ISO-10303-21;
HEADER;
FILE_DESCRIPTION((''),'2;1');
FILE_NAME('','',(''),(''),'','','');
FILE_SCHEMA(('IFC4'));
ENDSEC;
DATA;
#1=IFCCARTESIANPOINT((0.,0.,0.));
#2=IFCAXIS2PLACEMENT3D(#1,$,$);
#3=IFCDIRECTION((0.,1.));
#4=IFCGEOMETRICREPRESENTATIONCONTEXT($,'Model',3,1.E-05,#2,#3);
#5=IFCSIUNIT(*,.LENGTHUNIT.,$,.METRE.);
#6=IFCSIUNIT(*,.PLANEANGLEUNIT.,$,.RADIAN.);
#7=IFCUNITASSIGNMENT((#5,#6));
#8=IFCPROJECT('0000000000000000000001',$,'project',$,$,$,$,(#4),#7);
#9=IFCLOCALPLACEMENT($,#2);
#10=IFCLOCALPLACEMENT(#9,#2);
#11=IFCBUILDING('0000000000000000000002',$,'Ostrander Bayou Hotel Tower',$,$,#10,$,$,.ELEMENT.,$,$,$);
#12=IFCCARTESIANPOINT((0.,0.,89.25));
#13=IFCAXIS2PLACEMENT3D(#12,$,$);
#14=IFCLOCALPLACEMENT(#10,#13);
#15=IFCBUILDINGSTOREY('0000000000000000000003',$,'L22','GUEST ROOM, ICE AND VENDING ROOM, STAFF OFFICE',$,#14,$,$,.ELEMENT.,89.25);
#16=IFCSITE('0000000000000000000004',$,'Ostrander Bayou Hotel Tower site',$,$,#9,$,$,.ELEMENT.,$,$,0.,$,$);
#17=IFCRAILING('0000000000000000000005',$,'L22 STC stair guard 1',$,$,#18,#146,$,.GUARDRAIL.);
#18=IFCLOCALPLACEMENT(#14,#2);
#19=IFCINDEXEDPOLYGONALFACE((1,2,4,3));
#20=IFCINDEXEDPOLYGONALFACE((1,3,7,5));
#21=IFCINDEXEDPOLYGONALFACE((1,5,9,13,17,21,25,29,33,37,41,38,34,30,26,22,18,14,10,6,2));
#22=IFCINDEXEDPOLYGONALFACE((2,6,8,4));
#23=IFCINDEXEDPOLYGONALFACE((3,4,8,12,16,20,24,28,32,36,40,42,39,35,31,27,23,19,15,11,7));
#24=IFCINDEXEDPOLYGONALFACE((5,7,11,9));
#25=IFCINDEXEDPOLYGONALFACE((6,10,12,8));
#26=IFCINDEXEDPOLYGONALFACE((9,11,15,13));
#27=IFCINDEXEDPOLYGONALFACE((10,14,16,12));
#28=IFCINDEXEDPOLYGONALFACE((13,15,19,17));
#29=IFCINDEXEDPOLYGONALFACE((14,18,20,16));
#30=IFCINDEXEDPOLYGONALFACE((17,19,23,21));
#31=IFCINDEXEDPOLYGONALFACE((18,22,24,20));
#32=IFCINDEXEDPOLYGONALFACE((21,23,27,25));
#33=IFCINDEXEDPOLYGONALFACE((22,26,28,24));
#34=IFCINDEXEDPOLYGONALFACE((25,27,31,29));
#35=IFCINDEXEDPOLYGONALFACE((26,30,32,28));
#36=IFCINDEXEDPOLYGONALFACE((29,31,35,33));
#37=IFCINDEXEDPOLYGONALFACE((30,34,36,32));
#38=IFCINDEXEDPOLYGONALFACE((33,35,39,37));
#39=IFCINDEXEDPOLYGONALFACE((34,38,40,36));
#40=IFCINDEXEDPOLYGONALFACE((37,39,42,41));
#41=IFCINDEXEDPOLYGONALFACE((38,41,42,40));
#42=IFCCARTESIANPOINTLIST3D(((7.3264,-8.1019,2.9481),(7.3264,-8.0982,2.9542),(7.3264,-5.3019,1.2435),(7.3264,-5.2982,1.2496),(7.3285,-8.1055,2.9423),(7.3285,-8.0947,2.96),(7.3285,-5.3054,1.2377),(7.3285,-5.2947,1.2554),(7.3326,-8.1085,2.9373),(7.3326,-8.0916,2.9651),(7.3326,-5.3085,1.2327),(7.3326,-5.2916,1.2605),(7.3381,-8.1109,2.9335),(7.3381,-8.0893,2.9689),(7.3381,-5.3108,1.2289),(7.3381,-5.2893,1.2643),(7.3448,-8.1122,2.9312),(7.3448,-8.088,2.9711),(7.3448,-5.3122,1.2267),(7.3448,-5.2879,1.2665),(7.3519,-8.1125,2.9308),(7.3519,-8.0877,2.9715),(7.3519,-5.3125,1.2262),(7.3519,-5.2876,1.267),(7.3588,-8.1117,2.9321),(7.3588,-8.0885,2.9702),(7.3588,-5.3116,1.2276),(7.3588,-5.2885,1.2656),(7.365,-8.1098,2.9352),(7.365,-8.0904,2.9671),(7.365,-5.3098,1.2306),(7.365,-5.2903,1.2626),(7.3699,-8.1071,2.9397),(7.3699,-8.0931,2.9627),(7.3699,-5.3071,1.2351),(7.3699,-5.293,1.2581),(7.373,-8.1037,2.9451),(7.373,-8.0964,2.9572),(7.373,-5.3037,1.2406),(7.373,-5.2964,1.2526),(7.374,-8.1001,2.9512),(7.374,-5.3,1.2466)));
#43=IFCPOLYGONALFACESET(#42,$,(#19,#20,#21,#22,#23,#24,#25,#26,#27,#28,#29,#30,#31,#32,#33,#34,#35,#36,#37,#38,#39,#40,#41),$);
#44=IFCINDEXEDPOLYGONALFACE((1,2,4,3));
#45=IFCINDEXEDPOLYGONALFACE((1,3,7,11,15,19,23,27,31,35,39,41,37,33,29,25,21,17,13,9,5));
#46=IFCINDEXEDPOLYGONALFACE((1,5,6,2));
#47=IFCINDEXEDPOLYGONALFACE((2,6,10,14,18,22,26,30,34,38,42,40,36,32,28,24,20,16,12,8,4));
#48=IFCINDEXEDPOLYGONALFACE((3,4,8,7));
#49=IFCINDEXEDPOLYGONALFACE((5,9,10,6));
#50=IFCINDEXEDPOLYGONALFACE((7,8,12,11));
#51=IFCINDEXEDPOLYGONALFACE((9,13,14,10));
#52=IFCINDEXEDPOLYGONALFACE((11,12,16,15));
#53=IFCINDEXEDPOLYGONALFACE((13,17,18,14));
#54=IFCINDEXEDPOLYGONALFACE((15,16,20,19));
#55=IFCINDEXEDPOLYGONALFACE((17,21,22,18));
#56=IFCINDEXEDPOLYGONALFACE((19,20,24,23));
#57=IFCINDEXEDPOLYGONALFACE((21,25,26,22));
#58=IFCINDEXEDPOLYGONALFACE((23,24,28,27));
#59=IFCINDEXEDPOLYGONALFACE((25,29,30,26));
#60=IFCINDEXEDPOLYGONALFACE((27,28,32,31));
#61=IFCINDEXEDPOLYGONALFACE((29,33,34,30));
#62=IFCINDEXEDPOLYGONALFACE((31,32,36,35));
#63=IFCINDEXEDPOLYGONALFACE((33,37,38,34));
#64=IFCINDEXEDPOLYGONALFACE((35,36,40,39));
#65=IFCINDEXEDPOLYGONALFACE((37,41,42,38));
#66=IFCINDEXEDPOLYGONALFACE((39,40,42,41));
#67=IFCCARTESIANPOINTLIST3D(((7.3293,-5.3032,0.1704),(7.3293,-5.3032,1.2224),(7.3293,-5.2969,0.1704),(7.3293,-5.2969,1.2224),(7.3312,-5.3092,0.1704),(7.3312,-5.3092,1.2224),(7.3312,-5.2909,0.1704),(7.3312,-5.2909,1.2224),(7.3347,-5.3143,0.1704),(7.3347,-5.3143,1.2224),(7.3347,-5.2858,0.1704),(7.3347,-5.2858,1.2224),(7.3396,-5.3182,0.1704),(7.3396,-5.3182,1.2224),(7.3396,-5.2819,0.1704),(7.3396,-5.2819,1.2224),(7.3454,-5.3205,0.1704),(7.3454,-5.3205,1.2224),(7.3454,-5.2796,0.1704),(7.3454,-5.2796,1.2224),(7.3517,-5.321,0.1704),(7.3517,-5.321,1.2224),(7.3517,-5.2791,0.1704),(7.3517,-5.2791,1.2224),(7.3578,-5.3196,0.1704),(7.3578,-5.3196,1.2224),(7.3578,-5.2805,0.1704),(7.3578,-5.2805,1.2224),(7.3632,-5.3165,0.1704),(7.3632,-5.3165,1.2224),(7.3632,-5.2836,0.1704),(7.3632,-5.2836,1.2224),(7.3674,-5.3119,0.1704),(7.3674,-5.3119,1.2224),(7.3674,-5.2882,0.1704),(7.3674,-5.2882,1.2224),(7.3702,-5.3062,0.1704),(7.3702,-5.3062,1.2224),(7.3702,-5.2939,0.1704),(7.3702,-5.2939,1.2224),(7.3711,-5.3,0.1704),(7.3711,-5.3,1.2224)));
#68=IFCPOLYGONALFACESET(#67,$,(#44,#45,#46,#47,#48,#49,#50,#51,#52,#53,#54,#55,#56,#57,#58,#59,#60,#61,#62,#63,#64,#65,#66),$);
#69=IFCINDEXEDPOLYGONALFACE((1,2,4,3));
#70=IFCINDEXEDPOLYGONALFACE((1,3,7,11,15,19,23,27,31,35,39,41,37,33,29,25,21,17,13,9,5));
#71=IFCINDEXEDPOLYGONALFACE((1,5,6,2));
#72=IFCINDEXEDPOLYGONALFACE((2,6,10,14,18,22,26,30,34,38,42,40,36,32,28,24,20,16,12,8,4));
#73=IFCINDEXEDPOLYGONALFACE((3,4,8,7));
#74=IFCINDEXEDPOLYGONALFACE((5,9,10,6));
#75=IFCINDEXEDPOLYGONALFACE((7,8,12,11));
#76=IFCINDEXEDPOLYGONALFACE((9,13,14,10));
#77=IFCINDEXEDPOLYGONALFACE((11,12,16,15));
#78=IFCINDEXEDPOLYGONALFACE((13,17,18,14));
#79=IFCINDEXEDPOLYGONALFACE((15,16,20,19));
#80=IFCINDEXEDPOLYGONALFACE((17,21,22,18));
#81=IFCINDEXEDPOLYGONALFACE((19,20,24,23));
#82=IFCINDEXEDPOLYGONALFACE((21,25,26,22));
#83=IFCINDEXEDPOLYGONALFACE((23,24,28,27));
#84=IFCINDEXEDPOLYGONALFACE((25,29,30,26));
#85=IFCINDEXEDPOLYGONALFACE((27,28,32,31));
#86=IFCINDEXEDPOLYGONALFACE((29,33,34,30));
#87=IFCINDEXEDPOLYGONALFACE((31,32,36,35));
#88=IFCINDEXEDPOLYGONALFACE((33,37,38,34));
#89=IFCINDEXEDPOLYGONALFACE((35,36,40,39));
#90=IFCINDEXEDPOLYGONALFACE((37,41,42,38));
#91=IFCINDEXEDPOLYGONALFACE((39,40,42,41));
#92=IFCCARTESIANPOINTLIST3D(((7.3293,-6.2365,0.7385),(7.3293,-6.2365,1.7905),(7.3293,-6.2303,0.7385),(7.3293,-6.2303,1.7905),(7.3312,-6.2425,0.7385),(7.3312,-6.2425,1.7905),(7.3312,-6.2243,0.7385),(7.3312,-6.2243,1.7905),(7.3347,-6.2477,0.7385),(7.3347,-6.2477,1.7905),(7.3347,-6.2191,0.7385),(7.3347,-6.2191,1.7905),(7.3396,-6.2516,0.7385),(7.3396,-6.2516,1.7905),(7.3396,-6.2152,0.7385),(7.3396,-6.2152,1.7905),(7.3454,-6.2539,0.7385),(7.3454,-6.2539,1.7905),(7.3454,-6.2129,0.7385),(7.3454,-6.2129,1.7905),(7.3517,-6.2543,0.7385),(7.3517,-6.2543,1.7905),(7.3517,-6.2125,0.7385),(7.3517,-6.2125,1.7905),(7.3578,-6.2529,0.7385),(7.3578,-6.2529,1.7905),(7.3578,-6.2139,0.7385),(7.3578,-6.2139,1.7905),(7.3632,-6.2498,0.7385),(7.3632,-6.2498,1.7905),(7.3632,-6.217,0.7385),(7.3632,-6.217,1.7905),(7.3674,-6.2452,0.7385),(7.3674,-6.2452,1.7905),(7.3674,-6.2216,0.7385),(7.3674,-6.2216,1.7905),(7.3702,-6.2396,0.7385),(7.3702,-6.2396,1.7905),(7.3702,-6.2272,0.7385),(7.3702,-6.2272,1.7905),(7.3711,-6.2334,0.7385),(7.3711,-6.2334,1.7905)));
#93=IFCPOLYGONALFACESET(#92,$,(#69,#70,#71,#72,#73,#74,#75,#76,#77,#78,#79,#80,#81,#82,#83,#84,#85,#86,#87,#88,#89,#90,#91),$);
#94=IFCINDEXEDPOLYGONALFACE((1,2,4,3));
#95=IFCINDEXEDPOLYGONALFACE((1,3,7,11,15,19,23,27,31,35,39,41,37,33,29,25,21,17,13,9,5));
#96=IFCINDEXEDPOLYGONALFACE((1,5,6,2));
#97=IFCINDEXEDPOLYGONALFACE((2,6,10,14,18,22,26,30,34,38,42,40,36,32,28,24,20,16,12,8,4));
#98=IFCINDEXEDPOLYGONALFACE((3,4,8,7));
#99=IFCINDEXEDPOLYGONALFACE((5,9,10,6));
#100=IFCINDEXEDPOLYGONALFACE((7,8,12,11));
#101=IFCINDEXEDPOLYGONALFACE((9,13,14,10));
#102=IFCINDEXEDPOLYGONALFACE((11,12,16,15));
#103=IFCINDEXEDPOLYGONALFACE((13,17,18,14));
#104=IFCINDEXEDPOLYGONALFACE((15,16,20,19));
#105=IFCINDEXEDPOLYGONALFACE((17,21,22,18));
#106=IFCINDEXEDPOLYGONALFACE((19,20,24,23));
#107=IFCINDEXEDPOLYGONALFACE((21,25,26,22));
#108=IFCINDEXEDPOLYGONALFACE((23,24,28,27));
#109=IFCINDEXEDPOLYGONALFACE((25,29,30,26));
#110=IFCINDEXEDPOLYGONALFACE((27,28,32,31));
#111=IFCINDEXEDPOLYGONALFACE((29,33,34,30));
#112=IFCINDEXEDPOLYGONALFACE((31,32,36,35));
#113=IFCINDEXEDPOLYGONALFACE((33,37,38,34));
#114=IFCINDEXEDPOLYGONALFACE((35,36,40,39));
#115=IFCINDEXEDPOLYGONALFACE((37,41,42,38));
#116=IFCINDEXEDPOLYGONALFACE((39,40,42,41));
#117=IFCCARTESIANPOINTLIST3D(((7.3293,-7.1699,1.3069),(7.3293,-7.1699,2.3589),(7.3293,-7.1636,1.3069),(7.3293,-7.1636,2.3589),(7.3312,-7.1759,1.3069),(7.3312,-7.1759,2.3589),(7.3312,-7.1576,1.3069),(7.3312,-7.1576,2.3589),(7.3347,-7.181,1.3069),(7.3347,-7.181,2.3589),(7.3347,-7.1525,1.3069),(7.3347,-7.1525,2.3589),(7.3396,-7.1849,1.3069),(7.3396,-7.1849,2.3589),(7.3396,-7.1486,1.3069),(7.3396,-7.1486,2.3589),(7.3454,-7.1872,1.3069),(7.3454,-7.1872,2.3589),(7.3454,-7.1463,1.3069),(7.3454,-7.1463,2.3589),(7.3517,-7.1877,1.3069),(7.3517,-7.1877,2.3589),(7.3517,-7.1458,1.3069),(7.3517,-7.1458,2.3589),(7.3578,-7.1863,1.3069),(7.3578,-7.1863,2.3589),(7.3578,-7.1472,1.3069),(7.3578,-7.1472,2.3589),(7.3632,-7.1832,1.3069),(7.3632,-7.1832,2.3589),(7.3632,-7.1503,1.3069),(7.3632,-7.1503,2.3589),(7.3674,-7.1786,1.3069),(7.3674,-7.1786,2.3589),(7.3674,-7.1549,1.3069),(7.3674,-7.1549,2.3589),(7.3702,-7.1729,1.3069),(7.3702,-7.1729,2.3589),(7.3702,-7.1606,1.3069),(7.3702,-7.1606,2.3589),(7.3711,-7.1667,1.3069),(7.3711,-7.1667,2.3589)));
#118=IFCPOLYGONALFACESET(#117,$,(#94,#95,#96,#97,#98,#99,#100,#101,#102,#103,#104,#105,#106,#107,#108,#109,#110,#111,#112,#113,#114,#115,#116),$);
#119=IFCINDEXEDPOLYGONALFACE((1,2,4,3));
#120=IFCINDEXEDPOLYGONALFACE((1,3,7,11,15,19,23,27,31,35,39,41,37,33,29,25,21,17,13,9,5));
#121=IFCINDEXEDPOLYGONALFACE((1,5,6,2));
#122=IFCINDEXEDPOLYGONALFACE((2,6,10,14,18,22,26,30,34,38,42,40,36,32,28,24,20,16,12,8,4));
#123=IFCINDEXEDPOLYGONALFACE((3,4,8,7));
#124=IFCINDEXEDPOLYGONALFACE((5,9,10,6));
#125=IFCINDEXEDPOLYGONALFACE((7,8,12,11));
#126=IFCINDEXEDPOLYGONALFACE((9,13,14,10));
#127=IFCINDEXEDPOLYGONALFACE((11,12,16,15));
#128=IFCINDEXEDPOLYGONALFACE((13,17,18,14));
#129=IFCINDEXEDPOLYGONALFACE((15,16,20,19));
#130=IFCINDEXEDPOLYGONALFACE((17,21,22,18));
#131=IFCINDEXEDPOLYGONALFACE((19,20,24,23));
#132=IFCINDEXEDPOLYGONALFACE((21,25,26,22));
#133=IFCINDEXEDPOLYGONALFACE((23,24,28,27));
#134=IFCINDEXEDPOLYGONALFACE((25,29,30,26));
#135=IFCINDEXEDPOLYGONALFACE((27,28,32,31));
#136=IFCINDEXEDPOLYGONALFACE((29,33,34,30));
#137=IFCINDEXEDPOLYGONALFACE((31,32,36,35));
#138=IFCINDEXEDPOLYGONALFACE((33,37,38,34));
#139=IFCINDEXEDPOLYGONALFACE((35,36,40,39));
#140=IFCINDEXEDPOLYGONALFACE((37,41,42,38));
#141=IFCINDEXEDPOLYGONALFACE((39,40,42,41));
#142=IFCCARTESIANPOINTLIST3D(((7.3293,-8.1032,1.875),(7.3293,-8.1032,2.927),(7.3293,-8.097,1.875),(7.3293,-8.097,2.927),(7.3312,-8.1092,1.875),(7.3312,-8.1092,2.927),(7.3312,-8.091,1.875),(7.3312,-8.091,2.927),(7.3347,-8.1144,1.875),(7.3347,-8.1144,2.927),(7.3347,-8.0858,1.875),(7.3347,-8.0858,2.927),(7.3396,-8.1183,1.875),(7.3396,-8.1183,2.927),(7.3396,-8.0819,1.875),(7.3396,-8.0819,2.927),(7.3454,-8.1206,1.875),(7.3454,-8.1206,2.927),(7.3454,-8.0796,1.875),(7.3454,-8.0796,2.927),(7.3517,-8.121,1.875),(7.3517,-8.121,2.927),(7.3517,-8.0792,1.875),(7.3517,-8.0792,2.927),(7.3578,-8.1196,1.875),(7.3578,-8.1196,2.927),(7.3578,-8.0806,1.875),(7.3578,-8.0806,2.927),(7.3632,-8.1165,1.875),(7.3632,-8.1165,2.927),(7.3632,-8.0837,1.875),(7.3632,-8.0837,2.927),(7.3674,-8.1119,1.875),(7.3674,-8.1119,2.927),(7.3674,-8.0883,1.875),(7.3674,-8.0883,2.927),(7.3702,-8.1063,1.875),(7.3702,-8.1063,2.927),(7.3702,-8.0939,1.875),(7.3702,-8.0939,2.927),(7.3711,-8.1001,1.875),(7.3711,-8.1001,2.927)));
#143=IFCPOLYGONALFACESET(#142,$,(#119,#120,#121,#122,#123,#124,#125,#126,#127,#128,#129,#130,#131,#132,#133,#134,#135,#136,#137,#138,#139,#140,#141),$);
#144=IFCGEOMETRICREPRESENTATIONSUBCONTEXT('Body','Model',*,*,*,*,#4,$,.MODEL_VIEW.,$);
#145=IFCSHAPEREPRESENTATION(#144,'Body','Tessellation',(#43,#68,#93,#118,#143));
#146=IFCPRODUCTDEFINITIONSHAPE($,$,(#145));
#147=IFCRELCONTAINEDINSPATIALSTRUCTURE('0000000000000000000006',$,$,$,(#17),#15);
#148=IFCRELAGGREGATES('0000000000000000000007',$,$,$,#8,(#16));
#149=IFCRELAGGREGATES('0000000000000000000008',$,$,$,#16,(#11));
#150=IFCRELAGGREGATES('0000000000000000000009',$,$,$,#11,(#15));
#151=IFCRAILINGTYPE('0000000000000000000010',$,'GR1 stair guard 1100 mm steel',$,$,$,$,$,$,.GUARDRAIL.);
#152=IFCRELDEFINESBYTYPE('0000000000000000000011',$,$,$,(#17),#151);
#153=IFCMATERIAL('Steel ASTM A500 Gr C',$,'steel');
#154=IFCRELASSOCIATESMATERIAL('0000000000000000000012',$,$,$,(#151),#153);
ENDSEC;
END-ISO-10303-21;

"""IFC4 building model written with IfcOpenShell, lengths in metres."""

from ifc_helpers import new_model, si_unit, direction, frame, origin, origin_2d, place, context, subcontext, project, spatial, circle, extrude, material, type_object, element, save


model = new_model("IFC4")

# Units and contexts
model_context = context("Model", 3, precision=1e-05, world=origin(), true_north=direction((0.0, 1.0)))
body_context = subcontext(model_context, "Body", "Model", "MODEL_VIEW")
ifc_project = project(units=[si_unit("LENGTHUNIT", "METRE"), si_unit("PLANEANGLEUNIT", "RADIAN")], contexts=[model_context])

# Site, building, storey
site_placement = place(None, origin())
site = spatial("IfcSite", under=ifc_project, at=site_placement, Name="Ostrander Bayou Hotel Tower site", CompositionType="ELEMENT", RefElevation=0.0)
building_placement = place(site_placement, origin())
building = spatial("IfcBuilding", under=site, at=building_placement, Name="Ostrander Bayou Hotel Tower", CompositionType="ELEMENT")
storey_placement = place(building_placement, frame((0.0, 0.0, 89.25)))
storey = spatial("IfcBuildingStorey", under=building, at=storey_placement, Name="L22", Description="GUEST ROOM, ICE AND VENDING ROOM, STAFF OFFICE", CompositionType="ELEMENT", Elevation=89.25)

# Railing
ifc_material_1 = material(Name="Steel ASTM A500 Gr C", Category="steel")
railing_type_1 = type_object("IfcRailingType", Name="GR1 stair guard 1100 mm steel", PredefinedType="GUARDRAIL", material=ifc_material_1)
railing_1_placement = place(storey_placement, frame((7.3501, -5.3, 0.1704)))
element("IfcRailing", 1, at=railing_1_placement, inside=storey, type_object=railing_type_1, Name="L22 STC stair guard 1", PredefinedType="GUARDRAIL", context=body_context, shape_type="SweptSolid", body=[
    extrude(circle(Radius=0.0239, at=origin_2d()), frame((0.0, 0.0, 1.0762), z_axis=(0.0, -0.85417, 0.519994), x_axis=(1.0, 0.0, 0.0)), (0.0, 0.0, 1.0), 3.2781),
    extrude(circle(Radius=0.021, at=origin_2d()), origin(), (0.0, 0.0, 1.0), 1.052),
    extrude(circle(Radius=0.021, at=origin_2d()), frame((0.0, -0.9333, 0.5681)), (0.0, 0.0, 1.0), 1.052),
    extrude(circle(Radius=0.021, at=origin_2d()), frame((0.0, -1.8667, 1.1365)), (0.0, 0.0, 1.0), 1.052),
    extrude(circle(Radius=0.021, at=origin_2d()), frame((0.0, -2.8, 1.7046)), (0.0, 0.0, 1.0), 1.052),
])

save(model, "model.ifc")
